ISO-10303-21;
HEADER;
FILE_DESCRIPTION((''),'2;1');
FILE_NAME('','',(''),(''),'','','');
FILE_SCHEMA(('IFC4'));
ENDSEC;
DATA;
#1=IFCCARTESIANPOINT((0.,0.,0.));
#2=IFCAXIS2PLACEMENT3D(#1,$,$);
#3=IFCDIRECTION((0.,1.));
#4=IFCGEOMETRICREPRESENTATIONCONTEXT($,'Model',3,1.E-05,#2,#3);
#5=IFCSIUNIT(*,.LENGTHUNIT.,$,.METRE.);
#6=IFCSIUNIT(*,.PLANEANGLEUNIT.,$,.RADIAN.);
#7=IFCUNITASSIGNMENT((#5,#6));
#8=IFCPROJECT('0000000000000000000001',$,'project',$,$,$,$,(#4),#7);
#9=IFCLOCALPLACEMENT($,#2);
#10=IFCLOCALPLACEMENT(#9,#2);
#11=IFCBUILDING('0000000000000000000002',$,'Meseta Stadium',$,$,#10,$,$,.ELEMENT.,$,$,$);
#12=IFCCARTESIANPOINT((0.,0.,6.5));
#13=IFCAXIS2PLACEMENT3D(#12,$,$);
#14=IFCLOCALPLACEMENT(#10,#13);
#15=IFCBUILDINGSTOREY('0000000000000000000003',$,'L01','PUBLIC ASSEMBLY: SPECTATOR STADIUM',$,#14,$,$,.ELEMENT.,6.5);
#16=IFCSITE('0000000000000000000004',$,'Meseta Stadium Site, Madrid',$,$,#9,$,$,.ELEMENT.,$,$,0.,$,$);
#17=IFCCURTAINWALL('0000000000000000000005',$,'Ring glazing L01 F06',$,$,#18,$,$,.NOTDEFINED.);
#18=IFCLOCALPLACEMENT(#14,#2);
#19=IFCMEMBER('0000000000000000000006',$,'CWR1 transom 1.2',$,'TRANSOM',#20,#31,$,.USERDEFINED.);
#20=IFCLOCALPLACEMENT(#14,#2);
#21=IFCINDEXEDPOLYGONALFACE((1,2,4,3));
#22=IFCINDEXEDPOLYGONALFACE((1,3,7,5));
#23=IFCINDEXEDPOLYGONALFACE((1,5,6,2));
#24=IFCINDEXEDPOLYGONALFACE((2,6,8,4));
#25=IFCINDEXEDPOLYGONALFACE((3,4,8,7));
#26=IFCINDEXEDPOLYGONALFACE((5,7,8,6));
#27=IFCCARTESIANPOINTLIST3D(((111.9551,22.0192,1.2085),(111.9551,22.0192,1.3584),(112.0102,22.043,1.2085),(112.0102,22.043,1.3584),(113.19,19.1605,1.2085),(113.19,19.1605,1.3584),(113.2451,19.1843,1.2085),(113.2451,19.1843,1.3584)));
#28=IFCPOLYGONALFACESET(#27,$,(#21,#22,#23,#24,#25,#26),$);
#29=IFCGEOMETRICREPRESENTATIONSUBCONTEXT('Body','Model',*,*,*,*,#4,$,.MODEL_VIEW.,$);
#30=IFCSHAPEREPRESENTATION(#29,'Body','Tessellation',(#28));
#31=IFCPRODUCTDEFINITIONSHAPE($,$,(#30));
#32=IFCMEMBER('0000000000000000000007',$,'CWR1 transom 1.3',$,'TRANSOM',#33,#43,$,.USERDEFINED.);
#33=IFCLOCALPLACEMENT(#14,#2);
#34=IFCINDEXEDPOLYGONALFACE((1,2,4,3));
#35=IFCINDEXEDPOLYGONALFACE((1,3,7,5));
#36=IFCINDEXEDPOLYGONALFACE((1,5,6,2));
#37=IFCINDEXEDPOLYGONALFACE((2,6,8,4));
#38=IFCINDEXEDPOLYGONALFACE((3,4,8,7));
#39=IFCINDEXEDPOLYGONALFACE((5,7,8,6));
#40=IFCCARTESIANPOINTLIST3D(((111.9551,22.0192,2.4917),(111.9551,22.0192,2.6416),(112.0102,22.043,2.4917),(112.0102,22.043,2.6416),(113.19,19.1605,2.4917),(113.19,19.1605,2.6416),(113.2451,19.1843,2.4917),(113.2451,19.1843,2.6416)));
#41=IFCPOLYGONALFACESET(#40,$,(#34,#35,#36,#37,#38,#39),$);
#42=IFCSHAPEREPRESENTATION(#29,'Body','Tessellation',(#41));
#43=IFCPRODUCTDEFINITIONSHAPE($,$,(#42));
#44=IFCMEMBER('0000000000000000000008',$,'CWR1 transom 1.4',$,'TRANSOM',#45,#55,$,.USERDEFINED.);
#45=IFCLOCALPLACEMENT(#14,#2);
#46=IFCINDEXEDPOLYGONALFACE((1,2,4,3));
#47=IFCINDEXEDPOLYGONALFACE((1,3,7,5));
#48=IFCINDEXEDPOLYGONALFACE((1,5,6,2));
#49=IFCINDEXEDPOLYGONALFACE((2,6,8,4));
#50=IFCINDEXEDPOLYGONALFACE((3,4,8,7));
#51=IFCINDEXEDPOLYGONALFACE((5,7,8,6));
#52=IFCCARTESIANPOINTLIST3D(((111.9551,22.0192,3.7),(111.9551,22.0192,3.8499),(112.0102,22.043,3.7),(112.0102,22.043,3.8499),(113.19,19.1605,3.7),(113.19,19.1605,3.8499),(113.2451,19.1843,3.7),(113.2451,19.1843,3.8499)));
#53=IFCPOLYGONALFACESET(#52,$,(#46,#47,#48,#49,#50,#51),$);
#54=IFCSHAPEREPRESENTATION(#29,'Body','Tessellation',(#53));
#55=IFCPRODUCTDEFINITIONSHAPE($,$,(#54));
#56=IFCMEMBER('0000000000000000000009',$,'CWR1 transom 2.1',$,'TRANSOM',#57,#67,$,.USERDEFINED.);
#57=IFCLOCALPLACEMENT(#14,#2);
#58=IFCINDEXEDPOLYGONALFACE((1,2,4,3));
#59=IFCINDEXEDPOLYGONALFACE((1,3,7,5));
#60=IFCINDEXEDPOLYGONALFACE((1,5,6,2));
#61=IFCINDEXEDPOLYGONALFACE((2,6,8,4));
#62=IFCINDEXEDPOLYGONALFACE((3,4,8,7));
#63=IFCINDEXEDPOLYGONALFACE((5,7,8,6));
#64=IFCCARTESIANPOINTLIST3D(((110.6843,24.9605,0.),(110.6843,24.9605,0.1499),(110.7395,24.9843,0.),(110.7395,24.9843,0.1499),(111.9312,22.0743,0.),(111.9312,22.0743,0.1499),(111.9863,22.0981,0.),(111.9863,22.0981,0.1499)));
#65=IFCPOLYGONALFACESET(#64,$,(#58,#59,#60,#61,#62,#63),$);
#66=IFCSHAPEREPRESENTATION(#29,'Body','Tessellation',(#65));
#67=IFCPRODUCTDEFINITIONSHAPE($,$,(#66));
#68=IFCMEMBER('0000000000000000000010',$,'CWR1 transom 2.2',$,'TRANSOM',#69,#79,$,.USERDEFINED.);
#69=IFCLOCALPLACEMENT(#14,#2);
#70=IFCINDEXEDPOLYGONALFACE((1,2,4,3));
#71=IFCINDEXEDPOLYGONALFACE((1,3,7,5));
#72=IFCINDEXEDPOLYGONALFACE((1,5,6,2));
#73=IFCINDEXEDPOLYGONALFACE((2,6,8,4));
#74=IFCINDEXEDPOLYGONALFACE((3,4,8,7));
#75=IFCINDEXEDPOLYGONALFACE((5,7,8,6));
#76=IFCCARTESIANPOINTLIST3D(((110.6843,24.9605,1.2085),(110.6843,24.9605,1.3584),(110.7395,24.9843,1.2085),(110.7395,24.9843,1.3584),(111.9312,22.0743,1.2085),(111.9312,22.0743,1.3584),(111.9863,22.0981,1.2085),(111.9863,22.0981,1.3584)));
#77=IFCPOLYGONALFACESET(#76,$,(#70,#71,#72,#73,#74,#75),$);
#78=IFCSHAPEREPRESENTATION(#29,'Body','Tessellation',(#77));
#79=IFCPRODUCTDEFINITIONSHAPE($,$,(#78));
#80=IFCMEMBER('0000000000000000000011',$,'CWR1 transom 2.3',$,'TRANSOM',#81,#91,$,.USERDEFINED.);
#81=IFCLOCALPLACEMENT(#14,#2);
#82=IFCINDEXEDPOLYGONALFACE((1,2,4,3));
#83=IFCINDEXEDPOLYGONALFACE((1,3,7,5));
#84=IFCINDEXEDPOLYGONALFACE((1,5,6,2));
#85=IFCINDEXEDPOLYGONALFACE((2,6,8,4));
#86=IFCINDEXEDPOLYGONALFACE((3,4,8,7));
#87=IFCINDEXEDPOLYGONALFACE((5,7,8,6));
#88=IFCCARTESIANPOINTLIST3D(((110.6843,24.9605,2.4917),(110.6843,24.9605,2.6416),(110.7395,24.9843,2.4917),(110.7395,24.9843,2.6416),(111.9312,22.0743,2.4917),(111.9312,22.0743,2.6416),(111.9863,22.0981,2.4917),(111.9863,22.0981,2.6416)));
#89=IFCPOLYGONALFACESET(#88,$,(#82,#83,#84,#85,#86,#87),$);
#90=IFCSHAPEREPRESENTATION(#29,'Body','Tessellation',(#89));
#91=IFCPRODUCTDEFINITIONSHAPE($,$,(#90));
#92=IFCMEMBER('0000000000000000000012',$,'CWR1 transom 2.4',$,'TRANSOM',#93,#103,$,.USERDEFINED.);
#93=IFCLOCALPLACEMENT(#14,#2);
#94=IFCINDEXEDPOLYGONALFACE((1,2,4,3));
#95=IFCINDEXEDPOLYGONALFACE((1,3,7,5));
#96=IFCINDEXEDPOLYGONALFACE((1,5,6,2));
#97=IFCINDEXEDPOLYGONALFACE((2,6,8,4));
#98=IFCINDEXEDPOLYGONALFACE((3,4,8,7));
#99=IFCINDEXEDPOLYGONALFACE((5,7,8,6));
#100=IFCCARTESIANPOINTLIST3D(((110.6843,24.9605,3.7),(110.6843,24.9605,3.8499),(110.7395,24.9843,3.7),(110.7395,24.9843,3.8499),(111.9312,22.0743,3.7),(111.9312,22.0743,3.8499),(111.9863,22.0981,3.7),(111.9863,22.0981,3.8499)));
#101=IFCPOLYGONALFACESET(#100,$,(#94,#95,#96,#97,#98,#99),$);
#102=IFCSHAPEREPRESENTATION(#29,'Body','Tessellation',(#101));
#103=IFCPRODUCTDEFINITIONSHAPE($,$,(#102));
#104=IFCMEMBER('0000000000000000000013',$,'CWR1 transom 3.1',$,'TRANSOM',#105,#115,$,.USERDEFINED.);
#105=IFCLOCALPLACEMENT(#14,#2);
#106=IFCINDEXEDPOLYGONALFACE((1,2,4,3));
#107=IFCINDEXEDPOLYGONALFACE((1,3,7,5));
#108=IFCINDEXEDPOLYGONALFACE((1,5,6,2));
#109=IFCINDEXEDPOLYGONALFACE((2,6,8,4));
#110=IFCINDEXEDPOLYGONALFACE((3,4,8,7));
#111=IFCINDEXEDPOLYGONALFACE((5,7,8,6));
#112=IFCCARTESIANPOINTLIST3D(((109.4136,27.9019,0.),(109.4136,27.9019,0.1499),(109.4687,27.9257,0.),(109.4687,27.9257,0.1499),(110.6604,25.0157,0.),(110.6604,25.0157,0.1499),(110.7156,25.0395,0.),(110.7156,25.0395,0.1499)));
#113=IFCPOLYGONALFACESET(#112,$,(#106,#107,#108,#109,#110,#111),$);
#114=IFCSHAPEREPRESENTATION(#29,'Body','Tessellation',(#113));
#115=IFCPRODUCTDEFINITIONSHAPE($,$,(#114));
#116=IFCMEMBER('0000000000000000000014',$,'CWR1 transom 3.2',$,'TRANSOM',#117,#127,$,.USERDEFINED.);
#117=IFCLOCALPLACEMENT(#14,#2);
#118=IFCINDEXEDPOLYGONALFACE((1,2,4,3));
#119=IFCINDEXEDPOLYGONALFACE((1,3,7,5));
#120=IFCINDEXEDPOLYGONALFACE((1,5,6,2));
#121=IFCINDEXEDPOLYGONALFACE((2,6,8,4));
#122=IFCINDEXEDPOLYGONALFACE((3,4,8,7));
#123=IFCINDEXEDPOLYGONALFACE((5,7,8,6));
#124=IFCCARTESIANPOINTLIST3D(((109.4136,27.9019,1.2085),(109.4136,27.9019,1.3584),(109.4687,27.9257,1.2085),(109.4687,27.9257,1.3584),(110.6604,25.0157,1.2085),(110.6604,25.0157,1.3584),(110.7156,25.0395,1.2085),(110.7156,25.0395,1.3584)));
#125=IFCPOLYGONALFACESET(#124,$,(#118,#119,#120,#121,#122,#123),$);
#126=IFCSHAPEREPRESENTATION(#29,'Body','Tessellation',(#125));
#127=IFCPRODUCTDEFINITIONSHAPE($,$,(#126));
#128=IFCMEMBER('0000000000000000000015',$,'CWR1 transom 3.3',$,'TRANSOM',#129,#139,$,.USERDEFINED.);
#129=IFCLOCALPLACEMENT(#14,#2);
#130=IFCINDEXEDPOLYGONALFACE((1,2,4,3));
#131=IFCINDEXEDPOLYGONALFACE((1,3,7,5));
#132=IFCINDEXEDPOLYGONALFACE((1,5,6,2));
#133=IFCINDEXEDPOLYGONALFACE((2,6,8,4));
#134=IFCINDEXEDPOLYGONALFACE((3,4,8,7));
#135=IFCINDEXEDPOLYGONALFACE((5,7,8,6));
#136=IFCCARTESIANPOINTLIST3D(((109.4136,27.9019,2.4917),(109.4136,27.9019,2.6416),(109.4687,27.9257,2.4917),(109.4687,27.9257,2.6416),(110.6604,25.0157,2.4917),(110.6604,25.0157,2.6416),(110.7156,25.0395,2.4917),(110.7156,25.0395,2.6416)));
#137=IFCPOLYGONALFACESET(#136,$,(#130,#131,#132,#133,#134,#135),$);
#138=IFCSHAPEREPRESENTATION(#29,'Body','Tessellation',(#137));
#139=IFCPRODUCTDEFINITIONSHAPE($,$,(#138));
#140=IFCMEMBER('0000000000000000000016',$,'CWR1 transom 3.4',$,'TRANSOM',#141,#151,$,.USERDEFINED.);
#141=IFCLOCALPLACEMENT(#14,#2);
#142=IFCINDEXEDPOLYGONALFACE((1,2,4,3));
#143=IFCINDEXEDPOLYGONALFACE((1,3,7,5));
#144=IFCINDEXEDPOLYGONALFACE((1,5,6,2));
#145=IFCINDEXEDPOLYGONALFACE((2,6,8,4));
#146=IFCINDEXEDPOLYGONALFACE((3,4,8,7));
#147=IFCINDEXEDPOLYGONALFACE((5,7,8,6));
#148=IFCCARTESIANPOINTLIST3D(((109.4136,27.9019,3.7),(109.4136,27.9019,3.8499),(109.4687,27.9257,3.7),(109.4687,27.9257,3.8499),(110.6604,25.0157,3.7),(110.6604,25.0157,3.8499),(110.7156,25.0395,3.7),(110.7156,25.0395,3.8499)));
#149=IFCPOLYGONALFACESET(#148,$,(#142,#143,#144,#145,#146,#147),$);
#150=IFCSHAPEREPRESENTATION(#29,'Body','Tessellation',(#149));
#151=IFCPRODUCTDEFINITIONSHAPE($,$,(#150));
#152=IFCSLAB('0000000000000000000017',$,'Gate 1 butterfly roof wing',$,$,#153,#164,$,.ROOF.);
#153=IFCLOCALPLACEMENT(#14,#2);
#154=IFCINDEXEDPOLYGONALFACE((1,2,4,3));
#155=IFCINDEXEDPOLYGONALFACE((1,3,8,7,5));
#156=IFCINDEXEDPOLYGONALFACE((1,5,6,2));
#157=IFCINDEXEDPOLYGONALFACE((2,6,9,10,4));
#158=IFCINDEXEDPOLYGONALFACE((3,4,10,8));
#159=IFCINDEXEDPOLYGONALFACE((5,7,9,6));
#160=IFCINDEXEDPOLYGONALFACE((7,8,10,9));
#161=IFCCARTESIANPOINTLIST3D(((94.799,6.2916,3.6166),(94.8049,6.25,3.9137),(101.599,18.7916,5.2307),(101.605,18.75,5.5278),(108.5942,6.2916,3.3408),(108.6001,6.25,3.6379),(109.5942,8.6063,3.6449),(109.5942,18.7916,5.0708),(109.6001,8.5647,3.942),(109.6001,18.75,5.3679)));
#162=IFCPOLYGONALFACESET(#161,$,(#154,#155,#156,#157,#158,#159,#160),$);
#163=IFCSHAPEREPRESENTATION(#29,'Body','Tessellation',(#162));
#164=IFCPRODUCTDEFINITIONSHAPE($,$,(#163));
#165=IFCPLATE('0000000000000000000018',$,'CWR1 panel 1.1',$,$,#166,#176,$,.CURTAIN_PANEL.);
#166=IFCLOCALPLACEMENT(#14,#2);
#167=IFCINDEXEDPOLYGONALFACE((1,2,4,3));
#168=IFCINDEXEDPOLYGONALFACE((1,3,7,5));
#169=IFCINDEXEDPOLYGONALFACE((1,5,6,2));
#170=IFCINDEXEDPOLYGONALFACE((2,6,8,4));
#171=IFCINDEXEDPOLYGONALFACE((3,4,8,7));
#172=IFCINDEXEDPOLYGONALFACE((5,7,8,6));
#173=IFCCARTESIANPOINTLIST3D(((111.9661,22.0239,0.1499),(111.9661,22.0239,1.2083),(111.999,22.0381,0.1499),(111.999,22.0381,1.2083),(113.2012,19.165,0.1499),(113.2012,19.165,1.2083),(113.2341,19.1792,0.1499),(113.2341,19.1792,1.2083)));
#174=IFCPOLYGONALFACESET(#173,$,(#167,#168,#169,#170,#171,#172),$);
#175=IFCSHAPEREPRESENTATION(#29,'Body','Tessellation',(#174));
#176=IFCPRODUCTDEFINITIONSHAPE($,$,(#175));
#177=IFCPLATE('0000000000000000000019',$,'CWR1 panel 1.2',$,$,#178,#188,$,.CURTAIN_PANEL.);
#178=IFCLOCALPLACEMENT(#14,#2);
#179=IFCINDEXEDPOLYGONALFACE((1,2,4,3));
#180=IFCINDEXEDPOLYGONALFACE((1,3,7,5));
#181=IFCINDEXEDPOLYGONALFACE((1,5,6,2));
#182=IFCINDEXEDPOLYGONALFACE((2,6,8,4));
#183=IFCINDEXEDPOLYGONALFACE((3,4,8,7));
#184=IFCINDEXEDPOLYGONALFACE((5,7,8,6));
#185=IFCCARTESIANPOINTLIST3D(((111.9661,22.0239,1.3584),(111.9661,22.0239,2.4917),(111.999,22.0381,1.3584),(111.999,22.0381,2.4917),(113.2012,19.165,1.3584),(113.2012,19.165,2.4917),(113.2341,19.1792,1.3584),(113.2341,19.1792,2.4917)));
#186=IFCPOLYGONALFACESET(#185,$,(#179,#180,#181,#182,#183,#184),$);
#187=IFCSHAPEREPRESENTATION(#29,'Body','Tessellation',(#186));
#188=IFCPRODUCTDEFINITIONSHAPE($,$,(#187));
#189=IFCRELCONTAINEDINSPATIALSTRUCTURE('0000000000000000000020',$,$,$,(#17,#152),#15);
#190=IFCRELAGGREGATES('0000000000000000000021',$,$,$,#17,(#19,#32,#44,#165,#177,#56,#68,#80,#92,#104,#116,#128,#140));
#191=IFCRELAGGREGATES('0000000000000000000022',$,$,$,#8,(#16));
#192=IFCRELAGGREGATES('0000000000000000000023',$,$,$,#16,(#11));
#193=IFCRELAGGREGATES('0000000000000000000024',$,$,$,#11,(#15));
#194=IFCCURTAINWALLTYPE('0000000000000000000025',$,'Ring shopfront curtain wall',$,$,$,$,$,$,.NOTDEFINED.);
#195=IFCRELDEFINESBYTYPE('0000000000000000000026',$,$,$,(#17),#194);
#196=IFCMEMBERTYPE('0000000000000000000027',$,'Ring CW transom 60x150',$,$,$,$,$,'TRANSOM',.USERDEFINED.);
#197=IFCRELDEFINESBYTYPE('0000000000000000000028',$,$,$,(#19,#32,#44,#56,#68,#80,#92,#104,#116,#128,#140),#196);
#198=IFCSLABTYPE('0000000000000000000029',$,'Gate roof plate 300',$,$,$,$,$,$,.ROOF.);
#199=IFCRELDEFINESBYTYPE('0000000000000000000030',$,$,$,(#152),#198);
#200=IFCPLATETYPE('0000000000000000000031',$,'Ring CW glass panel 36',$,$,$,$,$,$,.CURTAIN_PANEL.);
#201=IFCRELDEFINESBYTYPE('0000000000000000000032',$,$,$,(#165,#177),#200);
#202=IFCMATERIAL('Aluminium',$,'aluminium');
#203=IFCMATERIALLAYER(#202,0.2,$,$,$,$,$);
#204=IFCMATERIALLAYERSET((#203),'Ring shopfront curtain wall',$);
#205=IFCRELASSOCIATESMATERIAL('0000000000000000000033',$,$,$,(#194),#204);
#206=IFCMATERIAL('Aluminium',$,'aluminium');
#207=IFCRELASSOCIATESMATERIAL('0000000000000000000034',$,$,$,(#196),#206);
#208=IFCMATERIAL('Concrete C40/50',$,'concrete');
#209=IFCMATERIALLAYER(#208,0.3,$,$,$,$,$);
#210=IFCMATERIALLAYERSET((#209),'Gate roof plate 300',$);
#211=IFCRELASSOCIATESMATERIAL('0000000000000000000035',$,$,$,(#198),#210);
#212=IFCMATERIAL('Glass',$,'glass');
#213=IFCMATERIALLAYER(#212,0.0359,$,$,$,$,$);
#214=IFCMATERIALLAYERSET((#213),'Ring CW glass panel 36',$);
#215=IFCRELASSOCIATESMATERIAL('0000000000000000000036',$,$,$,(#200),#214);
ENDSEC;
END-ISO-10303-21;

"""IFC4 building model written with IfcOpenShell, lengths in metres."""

from ifc_helpers import new_model, si_unit, direction, frame, origin, origin_2d, place, context, subcontext, project, spatial, polyline, rectangle, outline, extrude, material, layer, layer_set, material_profile, profile_set, type_object, element, aggregate, save


model = new_model("IFC4")

# Units and contexts
model_context = context("Model", 3, precision=1e-05, world=origin(), true_north=direction((0.0, 1.0)))
body_context = subcontext(model_context, "Body", "Model", "MODEL_VIEW")
ifc_project = project(units=[si_unit("LENGTHUNIT", "METRE"), si_unit("PLANEANGLEUNIT", "RADIAN")], contexts=[model_context])

# Site, building, storey
site_placement = place(None, origin())
site = spatial("IfcSite", under=ifc_project, at=site_placement, Name="Meseta Stadium Site, Madrid", CompositionType="ELEMENT", RefElevation=0.0)
building_placement = place(site_placement, origin())
building = spatial("IfcBuilding", under=site, at=building_placement, Name="Meseta Stadium", CompositionType="ELEMENT")
storey_placement = place(building_placement, frame((0.0, 0.0, 6.5)))
storey = spatial("IfcBuildingStorey", under=building, at=storey_placement, Name="L01", Description="PUBLIC ASSEMBLY: SPECTATOR STADIUM", CompositionType="ELEMENT", Elevation=6.5)

# Curtain wall, members
ifc_material_1 = material(Name="Aluminium", Category="aluminium")
ifc_layer_1 = layer(ifc_material_1, 0.2)
ifc_layer_set_1 = layer_set([ifc_layer_1], Name="Ring shopfront curtain wall")
curtain_wall_type = type_object("IfcCurtainWallType", Name="Ring shopfront curtain wall", PredefinedType="NOTDEFINED", material=ifc_layer_set_1)
curtain_wall_placement = place(storey_placement, origin())
curtain_wall = element("IfcCurtainWall", 1, at=curtain_wall_placement, inside=storey, type_object=curtain_wall_type, Name="Ring glazing L01 F06", PredefinedType="NOTDEFINED")
ifc_material_2 = material(Name="Aluminium", Category="aluminium")
ifc_material_profile_1 = material_profile(ifc_material_2, rectangle(XDim=0.0601, YDim=0.1499, at=origin_2d()), Name="CW 60x150")
ifc_profile_set_1 = profile_set([ifc_material_profile_1], Name="Aluminium")
member_type_1 = type_object("IfcMemberType", Name="Ring CW transom 60x150", ElementType="TRANSOM", PredefinedType="USERDEFINED", material=ifc_profile_set_1)
member_1_placement = place(storey_placement, frame((113.2175, 19.1724, 1.2834), z_axis=(-0.396558, 0.91801, 0.0), x_axis=(-0.91801, -0.396558, 0.0)))
member_1 = element("IfcMember", 2, at=member_1_placement, type_object=member_type_1, Name="CWR1 transom 1.2", ObjectType="TRANSOM", PredefinedType="USERDEFINED", context=body_context, shape_type="SweptSolid", body=[
    extrude(rectangle(XDim=0.0601, YDim=0.1499, at=origin_2d()), origin(), (0.0, 0.0, 1.0), 3.114),
])
member_2_placement = place(storey_placement, frame((113.2175, 19.1724, 2.5667), z_axis=(-0.396558, 0.91801, 0.0), x_axis=(-0.91801, -0.396558, 0.0)))
member_2 = element("IfcMember", 3, at=member_2_placement, type_object=member_type_1, Name="CWR1 transom 1.3", ObjectType="TRANSOM", PredefinedType="USERDEFINED", context=body_context, shape_type="SweptSolid", body=[
    extrude(rectangle(XDim=0.0601, YDim=0.1499, at=origin_2d()), origin(), (0.0, 0.0, 1.0), 3.114),
])
member_3_placement = place(storey_placement, frame((113.2175, 19.1724, 3.7749), z_axis=(-0.396558, 0.91801, 0.0), x_axis=(-0.91801, -0.396558, 0.0)))
member_3 = element("IfcMember", 4, at=member_3_placement, type_object=member_type_1, Name="CWR1 transom 1.4", ObjectType="TRANSOM", PredefinedType="USERDEFINED", context=body_context, shape_type="SweptSolid", body=[
    extrude(rectangle(XDim=0.0601, YDim=0.1499, at=origin_2d()), origin(), (0.0, 0.0, 1.0), 3.114),
])
member_4_placement = place(storey_placement, frame((111.9587, 22.0862, 0.075), z_axis=(-0.39657, 0.918005, 0.0), x_axis=(-0.918005, -0.39657, 0.0)))
member_4 = element("IfcMember", 5, at=member_4_placement, type_object=member_type_1, Name="CWR1 transom 2.1", ObjectType="TRANSOM", PredefinedType="USERDEFINED", context=body_context, shape_type="SweptSolid", body=[
    extrude(rectangle(XDim=0.0601, YDim=0.1499, at=origin_2d()), origin(), (0.0, 0.0, 1.0), 3.144),
])
member_5_placement = place(storey_placement, frame((111.9587, 22.0862, 1.2834), z_axis=(-0.39657, 0.918005, 0.0), x_axis=(-0.918005, -0.39657, 0.0)))
member_5 = element("IfcMember", 6, at=member_5_placement, type_object=member_type_1, Name="CWR1 transom 2.2", ObjectType="TRANSOM", PredefinedType="USERDEFINED", context=body_context, shape_type="SweptSolid", body=[
    extrude(rectangle(XDim=0.0601, YDim=0.1499, at=origin_2d()), origin(), (0.0, 0.0, 1.0), 3.144),
])
member_6_placement = place(storey_placement, frame((111.9587, 22.0862, 2.5667), z_axis=(-0.39657, 0.918005, 0.0), x_axis=(-0.918005, -0.39657, 0.0)))
member_6 = element("IfcMember", 7, at=member_6_placement, type_object=member_type_1, Name="CWR1 transom 2.3", ObjectType="TRANSOM", PredefinedType="USERDEFINED", context=body_context, shape_type="SweptSolid", body=[
    extrude(rectangle(XDim=0.0601, YDim=0.1499, at=origin_2d()), origin(), (0.0, 0.0, 1.0), 3.144),
])
member_7_placement = place(storey_placement, frame((111.9587, 22.0862, 3.7749), z_axis=(-0.39657, 0.918005, 0.0), x_axis=(-0.918005, -0.39657, 0.0)))
member_7 = element("IfcMember", 8, at=member_7_placement, type_object=member_type_1, Name="CWR1 transom 2.4", ObjectType="TRANSOM", PredefinedType="USERDEFINED", context=body_context, shape_type="SweptSolid", body=[
    extrude(rectangle(XDim=0.0601, YDim=0.1499, at=origin_2d()), origin(), (0.0, 0.0, 1.0), 3.144),
])
member_8_placement = place(storey_placement, frame((110.688, 25.0276, 0.075), z_axis=(-0.39657, 0.918005, 0.0), x_axis=(-0.918005, -0.39657, 0.0)))
member_8 = element("IfcMember", 9, at=member_8_placement, type_object=member_type_1, Name="CWR1 transom 3.1", ObjectType="TRANSOM", PredefinedType="USERDEFINED", context=body_context, shape_type="SweptSolid", body=[
    extrude(rectangle(XDim=0.0601, YDim=0.1499, at=origin_2d()), origin(), (0.0, 0.0, 1.0), 3.144),
])
member_9_placement = place(storey_placement, frame((110.688, 25.0276, 1.2834), z_axis=(-0.39657, 0.918005, 0.0), x_axis=(-0.918005, -0.39657, 0.0)))
member_9 = element("IfcMember", 10, at=member_9_placement, type_object=member_type_1, Name="CWR1 transom 3.2", ObjectType="TRANSOM", PredefinedType="USERDEFINED", context=body_context, shape_type="SweptSolid", body=[
    extrude(rectangle(XDim=0.0601, YDim=0.1499, at=origin_2d()), origin(), (0.0, 0.0, 1.0), 3.144),
])
member_10_placement = place(storey_placement, frame((110.688, 25.0276, 2.5667), z_axis=(-0.39657, 0.918005, 0.0), x_axis=(-0.918005, -0.39657, 0.0)))
member_10 = element("IfcMember", 11, at=member_10_placement, type_object=member_type_1, Name="CWR1 transom 3.3", ObjectType="TRANSOM", PredefinedType="USERDEFINED", context=body_context, shape_type="SweptSolid", body=[
    extrude(rectangle(XDim=0.0601, YDim=0.1499, at=origin_2d()), origin(), (0.0, 0.0, 1.0), 3.144),
])
member_11_placement = place(storey_placement, frame((110.688, 25.0276, 3.7749), z_axis=(-0.39657, 0.918005, 0.0), x_axis=(-0.918005, -0.39657, 0.0)))
member_11 = element("IfcMember", 12, at=member_11_placement, type_object=member_type_1, Name="CWR1 transom 3.4", ObjectType="TRANSOM", PredefinedType="USERDEFINED", context=body_context, shape_type="SweptSolid", body=[
    extrude(rectangle(XDim=0.0601, YDim=0.1499, at=origin_2d()), origin(), (0.0, 0.0, 1.0), 3.144),
])

# Slab
ifc_material_3 = material(Name="Concrete C40/50", Category="concrete")
ifc_layer_2 = layer(ifc_material_3, 0.3)
ifc_layer_set_2 = layer_set([ifc_layer_2], Name="Gate roof plate 300")
slab_type = type_object("IfcSlabType", Name="Gate roof plate 300", PredefinedType="ROOF", material=ifc_layer_set_2)
slab_placement = place(storey_placement, frame((109.6001, 18.75, 5.3679), z_axis=(0.019796, -0.13862, 0.990148), x_axis=(-0.9998, 0.000001, 0.019989)))
element("IfcSlab", 13, at=slab_placement, inside=storey, type_object=slab_type, Name="Gate 1 butterfly roof wing", PredefinedType="ROOF", context=body_context, shape_type="SweptSolid", body=[
    extrude(outline(polyline([(0.0, 0.0), (7.9967, 0.0), (14.7631, 12.6219), (0.9652, 12.6219), (-0.0285, 10.2846), (0.0, 0.0)])), origin(), (0.0, 0.0, -1.0), 0.3),
])

# Plates
ifc_material_4 = material(Name="Glass", Category="glass")
ifc_layer_3 = layer(ifc_material_4, 0.0359)
ifc_layer_set_3 = layer_set([ifc_layer_3], Name="Ring CW glass panel 36")
plate_type_1 = type_object("IfcPlateType", Name="Ring CW glass panel 36", PredefinedType="CURTAIN_PANEL", material=ifc_layer_set_3)
plate_1_placement = place(storey_placement, frame((112.6001, 20.6016, 0.1499), z_axis=(0.0, 0.0, 1.0), x_axis=(-0.396581, 0.918, 0.0)))
plate_1 = element("IfcPlate", 14, at=plate_1_placement, type_object=plate_type_1, Name="CWR1 panel 1.1", PredefinedType="CURTAIN_PANEL", context=body_context, shape_type="SweptSolid", body=[
    extrude(rectangle(XDim=3.1143, YDim=0.0359, at=origin_2d()), origin(), (0.0, 0.0, 1.0), 1.0583),
])
plate_2_placement = place(storey_placement, frame((112.6001, 20.6016, 1.3584), z_axis=(0.0, 0.0, 1.0), x_axis=(-0.396581, 0.918, 0.0)))
plate_2 = element("IfcPlate", 15, at=plate_2_placement, type_object=plate_type_1, Name="CWR1 panel 1.2", PredefinedType="CURTAIN_PANEL", context=body_context, shape_type="SweptSolid", body=[
    extrude(rectangle(XDim=3.1143, YDim=0.0359, at=origin_2d()), origin(), (0.0, 0.0, 1.0), 1.1333),
])
aggregate(curtain_wall, [member_1, member_2, member_3, plate_1, plate_2, member_4, member_5, member_6, member_7, member_8, member_9, member_10, member_11])

save(model, "model.ifc")
